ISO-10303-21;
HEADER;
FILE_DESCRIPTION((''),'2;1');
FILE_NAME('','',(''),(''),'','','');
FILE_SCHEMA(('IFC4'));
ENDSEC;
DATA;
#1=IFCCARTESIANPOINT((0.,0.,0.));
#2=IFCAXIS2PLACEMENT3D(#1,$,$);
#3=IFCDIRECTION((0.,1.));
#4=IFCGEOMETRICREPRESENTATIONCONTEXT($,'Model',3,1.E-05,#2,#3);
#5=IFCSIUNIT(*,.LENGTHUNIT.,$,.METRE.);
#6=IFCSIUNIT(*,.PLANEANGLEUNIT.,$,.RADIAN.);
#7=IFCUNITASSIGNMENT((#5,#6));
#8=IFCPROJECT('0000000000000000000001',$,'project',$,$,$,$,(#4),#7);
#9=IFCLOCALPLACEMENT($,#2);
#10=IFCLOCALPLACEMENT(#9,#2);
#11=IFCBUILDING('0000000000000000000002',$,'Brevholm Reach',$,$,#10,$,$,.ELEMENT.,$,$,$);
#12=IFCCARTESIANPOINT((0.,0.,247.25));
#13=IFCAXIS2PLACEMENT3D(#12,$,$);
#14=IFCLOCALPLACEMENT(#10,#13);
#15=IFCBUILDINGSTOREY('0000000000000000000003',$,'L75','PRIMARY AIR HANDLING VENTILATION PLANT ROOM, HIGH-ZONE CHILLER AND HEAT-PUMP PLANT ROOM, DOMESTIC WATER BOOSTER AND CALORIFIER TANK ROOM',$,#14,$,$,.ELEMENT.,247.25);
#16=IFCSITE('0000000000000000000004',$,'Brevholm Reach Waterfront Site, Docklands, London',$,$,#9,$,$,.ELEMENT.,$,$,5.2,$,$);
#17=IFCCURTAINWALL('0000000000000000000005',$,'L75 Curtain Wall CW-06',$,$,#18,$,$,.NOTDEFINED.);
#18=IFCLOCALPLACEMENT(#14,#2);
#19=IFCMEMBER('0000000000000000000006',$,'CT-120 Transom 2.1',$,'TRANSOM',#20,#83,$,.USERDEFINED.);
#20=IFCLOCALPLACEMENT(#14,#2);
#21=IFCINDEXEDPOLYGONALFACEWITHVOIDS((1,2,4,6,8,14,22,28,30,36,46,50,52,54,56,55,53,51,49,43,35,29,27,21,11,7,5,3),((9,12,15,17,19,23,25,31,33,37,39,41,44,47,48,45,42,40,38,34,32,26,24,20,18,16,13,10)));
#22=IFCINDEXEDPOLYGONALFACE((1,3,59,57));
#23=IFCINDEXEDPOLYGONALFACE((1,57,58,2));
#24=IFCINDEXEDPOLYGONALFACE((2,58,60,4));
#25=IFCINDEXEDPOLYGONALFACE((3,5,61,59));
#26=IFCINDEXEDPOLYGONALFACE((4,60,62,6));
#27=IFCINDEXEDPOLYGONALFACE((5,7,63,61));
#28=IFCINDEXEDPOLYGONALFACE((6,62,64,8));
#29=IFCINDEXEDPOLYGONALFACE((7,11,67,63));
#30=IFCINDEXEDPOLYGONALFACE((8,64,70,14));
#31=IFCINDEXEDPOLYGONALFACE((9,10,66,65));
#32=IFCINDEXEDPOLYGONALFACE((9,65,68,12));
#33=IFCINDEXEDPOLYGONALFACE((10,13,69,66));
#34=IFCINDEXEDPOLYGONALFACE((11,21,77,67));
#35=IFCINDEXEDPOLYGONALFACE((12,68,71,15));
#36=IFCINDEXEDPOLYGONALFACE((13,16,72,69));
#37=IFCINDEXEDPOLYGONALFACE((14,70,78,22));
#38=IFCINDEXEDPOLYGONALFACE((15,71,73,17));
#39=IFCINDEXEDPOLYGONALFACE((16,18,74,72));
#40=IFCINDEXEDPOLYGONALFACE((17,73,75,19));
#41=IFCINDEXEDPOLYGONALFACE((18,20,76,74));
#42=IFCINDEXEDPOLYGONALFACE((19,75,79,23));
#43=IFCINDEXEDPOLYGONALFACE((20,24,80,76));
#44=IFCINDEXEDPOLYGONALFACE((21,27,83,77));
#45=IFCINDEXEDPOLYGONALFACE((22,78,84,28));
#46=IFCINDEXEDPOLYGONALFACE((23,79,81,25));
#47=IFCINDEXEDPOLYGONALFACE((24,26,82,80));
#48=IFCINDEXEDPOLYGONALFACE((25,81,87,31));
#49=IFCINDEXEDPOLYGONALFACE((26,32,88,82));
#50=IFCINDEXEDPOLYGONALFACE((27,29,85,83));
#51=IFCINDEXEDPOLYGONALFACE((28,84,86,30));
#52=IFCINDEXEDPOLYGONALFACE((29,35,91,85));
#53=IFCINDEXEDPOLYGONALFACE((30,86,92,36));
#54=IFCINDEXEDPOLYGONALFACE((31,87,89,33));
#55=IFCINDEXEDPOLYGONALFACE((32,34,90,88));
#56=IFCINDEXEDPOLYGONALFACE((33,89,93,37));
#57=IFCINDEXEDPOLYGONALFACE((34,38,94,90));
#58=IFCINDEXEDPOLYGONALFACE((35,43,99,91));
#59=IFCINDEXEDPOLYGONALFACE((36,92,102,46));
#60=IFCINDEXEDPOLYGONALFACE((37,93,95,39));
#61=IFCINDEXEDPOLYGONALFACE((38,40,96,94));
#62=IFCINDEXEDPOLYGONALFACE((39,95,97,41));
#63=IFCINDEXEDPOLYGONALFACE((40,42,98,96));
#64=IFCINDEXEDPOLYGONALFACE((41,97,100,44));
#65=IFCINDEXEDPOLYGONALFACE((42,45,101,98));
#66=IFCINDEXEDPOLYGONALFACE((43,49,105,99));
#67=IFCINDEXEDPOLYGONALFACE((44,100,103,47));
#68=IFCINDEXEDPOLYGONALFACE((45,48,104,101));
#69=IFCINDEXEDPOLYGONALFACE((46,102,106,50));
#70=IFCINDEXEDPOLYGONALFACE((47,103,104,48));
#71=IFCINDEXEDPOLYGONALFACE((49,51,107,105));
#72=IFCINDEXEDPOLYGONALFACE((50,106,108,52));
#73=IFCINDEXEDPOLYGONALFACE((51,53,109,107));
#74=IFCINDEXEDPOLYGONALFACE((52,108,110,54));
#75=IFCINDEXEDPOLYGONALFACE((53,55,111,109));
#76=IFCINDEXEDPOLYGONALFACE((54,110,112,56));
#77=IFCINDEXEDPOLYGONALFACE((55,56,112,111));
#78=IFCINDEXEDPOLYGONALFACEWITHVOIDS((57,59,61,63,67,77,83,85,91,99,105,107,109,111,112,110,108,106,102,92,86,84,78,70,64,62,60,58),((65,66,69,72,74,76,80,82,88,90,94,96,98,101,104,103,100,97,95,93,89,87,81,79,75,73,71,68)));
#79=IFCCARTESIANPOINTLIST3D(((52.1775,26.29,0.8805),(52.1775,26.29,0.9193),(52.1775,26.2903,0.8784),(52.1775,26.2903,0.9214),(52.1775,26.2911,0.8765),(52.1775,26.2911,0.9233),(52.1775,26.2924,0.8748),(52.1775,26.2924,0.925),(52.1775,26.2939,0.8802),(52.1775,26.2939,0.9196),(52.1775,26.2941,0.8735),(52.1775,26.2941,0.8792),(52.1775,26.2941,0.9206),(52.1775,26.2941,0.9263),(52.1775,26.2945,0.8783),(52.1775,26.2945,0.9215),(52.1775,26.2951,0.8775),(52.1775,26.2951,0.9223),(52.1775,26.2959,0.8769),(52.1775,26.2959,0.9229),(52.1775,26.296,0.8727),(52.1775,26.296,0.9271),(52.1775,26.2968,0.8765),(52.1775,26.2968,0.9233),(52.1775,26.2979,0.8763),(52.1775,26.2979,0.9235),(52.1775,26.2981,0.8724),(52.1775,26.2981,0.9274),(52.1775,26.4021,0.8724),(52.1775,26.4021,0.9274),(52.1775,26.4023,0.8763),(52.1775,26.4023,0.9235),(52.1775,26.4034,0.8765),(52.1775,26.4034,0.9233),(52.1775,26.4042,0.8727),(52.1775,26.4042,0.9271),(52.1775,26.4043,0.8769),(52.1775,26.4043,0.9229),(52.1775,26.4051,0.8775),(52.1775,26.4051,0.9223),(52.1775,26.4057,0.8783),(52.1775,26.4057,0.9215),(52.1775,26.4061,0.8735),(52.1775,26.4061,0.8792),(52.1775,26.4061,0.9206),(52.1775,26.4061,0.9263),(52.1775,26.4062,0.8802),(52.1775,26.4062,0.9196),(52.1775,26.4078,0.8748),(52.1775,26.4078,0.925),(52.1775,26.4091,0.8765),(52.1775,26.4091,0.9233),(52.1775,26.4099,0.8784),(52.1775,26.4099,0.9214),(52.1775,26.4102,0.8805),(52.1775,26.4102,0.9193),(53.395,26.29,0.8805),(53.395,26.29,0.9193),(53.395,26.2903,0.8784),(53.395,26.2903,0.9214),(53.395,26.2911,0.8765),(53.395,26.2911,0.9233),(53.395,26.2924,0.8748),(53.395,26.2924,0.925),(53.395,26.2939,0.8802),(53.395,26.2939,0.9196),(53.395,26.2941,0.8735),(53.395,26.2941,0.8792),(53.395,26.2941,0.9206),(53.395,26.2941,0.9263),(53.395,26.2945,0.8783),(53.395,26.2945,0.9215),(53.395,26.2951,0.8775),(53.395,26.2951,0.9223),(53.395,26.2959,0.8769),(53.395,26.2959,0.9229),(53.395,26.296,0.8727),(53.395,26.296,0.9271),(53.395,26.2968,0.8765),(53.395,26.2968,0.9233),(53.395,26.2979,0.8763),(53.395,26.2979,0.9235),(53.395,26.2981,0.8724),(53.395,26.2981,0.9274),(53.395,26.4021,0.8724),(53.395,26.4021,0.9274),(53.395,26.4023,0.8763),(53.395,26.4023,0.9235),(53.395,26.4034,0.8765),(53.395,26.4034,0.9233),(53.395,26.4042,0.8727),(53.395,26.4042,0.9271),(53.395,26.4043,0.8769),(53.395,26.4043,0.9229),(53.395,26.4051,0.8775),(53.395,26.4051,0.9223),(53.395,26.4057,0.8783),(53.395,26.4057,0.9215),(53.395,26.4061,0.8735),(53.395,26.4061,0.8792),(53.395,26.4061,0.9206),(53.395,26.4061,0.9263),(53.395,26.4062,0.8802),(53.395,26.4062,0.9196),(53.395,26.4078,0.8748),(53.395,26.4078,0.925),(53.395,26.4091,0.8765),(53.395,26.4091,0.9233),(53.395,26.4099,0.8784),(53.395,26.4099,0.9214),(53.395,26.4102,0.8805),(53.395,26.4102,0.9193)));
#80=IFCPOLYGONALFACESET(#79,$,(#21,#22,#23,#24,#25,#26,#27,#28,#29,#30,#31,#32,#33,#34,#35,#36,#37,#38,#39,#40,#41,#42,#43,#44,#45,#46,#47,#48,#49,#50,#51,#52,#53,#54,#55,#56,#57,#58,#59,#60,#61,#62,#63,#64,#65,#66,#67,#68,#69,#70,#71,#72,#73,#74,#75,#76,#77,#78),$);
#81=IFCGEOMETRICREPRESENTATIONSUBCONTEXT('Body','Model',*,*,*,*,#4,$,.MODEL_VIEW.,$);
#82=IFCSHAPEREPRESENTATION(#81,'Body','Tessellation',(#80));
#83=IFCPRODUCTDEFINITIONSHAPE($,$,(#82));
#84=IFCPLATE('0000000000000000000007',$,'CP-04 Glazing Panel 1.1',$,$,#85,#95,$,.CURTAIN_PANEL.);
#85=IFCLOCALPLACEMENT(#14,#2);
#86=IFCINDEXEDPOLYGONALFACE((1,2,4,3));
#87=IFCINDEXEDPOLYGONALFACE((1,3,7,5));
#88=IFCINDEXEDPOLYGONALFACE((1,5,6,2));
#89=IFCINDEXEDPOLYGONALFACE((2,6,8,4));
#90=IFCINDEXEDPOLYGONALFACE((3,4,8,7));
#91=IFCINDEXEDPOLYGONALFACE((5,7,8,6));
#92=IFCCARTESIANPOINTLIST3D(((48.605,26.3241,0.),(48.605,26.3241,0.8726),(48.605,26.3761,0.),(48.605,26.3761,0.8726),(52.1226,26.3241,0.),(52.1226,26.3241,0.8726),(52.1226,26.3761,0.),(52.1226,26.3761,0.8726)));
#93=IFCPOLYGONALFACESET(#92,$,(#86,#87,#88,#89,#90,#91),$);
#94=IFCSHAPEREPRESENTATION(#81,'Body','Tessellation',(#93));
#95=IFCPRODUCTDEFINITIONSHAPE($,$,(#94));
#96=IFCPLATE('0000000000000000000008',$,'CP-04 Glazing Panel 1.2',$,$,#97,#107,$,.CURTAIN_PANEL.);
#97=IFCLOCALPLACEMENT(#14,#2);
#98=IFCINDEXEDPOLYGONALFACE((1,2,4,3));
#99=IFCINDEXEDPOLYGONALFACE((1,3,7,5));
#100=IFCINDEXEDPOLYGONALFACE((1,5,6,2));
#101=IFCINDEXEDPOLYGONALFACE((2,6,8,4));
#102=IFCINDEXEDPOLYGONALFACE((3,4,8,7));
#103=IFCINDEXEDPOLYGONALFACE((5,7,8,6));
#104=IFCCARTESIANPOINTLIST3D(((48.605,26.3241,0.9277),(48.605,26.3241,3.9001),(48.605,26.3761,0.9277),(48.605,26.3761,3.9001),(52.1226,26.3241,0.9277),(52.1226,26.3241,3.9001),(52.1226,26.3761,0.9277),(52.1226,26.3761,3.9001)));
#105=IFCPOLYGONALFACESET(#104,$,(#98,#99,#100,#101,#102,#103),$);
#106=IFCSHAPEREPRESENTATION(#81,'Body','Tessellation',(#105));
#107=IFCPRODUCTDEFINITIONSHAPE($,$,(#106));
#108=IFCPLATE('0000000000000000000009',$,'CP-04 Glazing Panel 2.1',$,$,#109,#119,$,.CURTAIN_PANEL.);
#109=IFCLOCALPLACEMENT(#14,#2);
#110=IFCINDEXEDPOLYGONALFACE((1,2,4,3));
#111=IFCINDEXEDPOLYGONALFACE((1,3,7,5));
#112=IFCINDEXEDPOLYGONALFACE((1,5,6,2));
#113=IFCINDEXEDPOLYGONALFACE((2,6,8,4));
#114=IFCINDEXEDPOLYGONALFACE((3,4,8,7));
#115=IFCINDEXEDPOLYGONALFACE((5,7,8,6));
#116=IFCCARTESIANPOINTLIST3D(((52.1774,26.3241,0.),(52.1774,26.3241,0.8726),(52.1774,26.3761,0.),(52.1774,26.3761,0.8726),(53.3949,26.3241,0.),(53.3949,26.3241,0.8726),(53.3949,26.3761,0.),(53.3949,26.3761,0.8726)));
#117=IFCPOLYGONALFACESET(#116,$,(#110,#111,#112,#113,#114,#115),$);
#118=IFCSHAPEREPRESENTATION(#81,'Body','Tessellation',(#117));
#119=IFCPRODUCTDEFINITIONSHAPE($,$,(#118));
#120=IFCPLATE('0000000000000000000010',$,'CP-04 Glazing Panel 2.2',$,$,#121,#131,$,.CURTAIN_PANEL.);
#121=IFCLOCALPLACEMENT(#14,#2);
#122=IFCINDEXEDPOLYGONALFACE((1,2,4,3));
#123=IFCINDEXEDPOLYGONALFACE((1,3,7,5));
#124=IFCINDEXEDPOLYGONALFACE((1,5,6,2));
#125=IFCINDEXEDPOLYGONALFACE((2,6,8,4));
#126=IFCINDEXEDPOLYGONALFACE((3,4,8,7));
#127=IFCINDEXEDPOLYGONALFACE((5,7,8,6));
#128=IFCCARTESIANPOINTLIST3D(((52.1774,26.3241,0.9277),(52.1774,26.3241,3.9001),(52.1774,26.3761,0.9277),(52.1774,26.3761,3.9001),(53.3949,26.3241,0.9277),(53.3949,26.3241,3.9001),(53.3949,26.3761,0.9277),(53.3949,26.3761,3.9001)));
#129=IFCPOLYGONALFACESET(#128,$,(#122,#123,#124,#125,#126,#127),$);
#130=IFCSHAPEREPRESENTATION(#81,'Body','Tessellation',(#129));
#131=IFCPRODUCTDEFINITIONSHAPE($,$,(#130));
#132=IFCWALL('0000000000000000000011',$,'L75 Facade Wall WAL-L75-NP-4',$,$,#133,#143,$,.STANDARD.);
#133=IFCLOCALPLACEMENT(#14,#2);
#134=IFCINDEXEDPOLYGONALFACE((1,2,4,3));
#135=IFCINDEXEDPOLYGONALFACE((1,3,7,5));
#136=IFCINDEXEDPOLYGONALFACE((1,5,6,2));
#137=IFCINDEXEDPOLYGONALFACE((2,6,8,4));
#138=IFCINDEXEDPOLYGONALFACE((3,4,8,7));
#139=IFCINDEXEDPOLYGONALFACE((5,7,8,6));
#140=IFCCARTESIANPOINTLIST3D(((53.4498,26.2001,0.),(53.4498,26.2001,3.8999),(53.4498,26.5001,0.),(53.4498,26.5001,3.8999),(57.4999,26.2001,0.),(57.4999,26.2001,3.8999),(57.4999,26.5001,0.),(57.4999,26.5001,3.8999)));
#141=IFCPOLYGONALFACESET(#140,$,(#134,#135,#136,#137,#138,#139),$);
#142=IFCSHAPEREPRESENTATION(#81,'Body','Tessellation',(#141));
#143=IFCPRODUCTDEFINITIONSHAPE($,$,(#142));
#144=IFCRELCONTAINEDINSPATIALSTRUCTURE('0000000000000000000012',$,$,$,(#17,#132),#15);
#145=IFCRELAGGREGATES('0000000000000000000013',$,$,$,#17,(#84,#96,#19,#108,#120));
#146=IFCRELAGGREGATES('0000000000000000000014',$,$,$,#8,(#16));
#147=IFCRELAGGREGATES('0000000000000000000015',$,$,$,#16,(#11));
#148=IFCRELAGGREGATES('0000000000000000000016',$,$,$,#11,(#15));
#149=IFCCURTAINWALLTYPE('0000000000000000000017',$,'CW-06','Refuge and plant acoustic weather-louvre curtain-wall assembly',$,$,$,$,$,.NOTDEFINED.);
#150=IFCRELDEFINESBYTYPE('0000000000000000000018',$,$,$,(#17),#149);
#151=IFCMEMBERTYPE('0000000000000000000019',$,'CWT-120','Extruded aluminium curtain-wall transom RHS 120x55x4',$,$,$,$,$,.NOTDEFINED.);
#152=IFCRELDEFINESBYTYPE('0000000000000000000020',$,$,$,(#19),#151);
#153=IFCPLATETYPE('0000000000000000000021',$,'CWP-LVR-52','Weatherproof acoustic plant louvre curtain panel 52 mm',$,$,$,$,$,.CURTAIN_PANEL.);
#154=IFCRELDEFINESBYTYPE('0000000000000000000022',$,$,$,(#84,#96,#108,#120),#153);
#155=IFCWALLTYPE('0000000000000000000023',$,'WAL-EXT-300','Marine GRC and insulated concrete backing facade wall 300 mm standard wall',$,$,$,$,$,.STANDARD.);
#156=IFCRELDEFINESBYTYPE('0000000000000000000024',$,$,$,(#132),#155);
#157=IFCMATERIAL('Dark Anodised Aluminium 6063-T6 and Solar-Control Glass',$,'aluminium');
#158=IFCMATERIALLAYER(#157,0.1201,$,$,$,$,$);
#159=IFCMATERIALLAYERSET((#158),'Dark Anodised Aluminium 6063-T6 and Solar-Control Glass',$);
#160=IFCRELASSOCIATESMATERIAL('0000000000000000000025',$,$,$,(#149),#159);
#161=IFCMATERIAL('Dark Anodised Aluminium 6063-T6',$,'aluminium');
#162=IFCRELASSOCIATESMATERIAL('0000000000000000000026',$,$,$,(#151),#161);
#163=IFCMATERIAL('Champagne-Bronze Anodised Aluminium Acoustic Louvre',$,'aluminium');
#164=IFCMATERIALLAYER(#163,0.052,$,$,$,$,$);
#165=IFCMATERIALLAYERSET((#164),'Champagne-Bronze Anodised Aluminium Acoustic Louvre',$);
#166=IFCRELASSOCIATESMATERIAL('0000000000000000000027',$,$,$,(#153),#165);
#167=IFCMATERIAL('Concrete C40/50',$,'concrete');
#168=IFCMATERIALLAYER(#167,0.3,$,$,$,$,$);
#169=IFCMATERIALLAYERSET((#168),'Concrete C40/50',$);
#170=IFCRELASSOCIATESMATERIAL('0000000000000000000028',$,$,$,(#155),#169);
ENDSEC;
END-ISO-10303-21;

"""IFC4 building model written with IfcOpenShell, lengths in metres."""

from ifc_helpers import new_model, si_unit, direction, frame, frame_2d, origin, origin_2d, place, context, subcontext, project, spatial, rectangle, hollow_rectangle, extrude, material, layer, layer_set, material_profile, profile_set, type_object, element, aggregate, save


model = new_model("IFC4")

# Units and contexts
model_context = context("Model", 3, precision=1e-05, world=origin(), true_north=direction((0.0, 1.0)))
body_context = subcontext(model_context, "Body", "Model", "MODEL_VIEW")
ifc_project = project(units=[si_unit("LENGTHUNIT", "METRE"), si_unit("PLANEANGLEUNIT", "RADIAN")], contexts=[model_context])

# Site, building, storey
site_placement = place(None, origin())
site = spatial("IfcSite", under=ifc_project, at=site_placement, Name="Brevholm Reach Waterfront Site, Docklands, London", CompositionType="ELEMENT", RefElevation=5.2)
building_placement = place(site_placement, origin())
building = spatial("IfcBuilding", under=site, at=building_placement, Name="Brevholm Reach", CompositionType="ELEMENT")
storey_placement = place(building_placement, frame((0.0, 0.0, 247.25)))
storey = spatial("IfcBuildingStorey", under=building, at=storey_placement, Name="L75", Description="PRIMARY AIR HANDLING VENTILATION PLANT ROOM, HIGH-ZONE CHILLER AND HEAT-PUMP PLANT ROOM, DOMESTIC WATER BOOSTER AND CALORIFIER TANK ROOM", CompositionType="ELEMENT", Elevation=247.25)

# Curtain wall, member, plates
ifc_material_1 = material(Name="Dark Anodised Aluminium 6063-T6 and Solar-Control Glass", Category="aluminium")
ifc_layer_1 = layer(ifc_material_1, 0.1201)
ifc_layer_set_1 = layer_set([ifc_layer_1], Name="Dark Anodised Aluminium 6063-T6 and Solar-Control Glass")
curtain_wall_type = type_object("IfcCurtainWallType", Name="CW-06", Description="Refuge and plant acoustic weather-louvre curtain-wall assembly", PredefinedType="NOTDEFINED", material=ifc_layer_set_1)
curtain_wall_placement = place(storey_placement, origin())
curtain_wall = element("IfcCurtainWall", 1, at=curtain_wall_placement, inside=storey, type_object=curtain_wall_type, Name="L75 Curtain Wall CW-06", PredefinedType="NOTDEFINED")
ifc_material_2 = material(Name="Dark Anodised Aluminium 6063-T6", Category="aluminium")
ifc_material_profile_1 = material_profile(ifc_material_2, hollow_rectangle(XDim=0.0549, YDim=0.1201, WallThickness=0.0039, InnerFilletRadius=0.0039, OuterFilletRadius=0.0081, at=origin_2d()), Name="RHS 120x55x4")
ifc_profile_set_1 = profile_set([ifc_material_profile_1], Name="Dark Anodised Aluminium 6063-T6")
member_type_1 = type_object("IfcMemberType", Name="CWT-120", Description="Extruded aluminium curtain-wall transom RHS 120x55x4", PredefinedType="NOTDEFINED", material=ifc_profile_set_1)
member_1_placement = place(storey_placement, frame((52.1775, 26.3501, 0.8999), z_axis=(1.0, 0.0, 0.0), x_axis=(0.0, 0.0, 1.0)))
member_1 = element("IfcMember", 2, at=member_1_placement, type_object=member_type_1, Name="CT-120 Transom 2.1", ObjectType="TRANSOM", PredefinedType="USERDEFINED", context=body_context, shape_type="SweptSolid", body=[
    extrude(hollow_rectangle(XDim=0.0549, YDim=0.1201, WallThickness=0.0039, InnerFilletRadius=0.0039, OuterFilletRadius=0.0081, at=origin_2d()), origin(), (0.0, 0.0, 1.0), 1.2175),
])
ifc_material_3 = material(Name="Champagne-Bronze Anodised Aluminium Acoustic Louvre", Category="aluminium")
ifc_layer_2 = layer(ifc_material_3, 0.052)
ifc_layer_set_2 = layer_set([ifc_layer_2], Name="Champagne-Bronze Anodised Aluminium Acoustic Louvre")
plate_type = type_object("IfcPlateType", Name="CWP-LVR-52", Description="Weatherproof acoustic plant louvre curtain panel 52 mm", PredefinedType="CURTAIN_PANEL", material=ifc_layer_set_2)
plate_1_placement = place(storey_placement, frame((50.3638, 26.3501, 0.0), z_axis=(0.0, 0.0, 1.0), x_axis=(1.0, 0.0, 0.0)))
plate_1 = element("IfcPlate", 3, at=plate_1_placement, type_object=plate_type, Name="CP-04 Glazing Panel 1.1", PredefinedType="CURTAIN_PANEL", context=body_context, shape_type="SweptSolid", body=[
    extrude(rectangle(XDim=3.5176, YDim=0.052, at=origin_2d()), origin(), (0.0, 0.0, 1.0), 0.8726),
])
plate_2_placement = place(storey_placement, frame((50.3638, 26.3501, 0.9277), z_axis=(0.0, 0.0, 1.0), x_axis=(1.0, 0.0, 0.0)))
plate_2 = element("IfcPlate", 4, at=plate_2_placement, type_object=plate_type, Name="CP-04 Glazing Panel 1.2", PredefinedType="CURTAIN_PANEL", context=body_context, shape_type="SweptSolid", body=[
    extrude(rectangle(XDim=3.5176, YDim=0.052, at=origin_2d()), origin(), (0.0, 0.0, 1.0), 2.9724),
])
plate_3_placement = place(storey_placement, frame((52.7861, 26.3501, 0.0), z_axis=(0.0, 0.0, 1.0), x_axis=(1.0, 0.0, 0.0)))
plate_3 = element("IfcPlate", 5, at=plate_3_placement, type_object=plate_type, Name="CP-04 Glazing Panel 2.1", PredefinedType="CURTAIN_PANEL", context=body_context, shape_type="SweptSolid", body=[
    extrude(rectangle(XDim=1.2175, YDim=0.052, at=origin_2d()), origin(), (0.0, 0.0, 1.0), 0.8726),
])
plate_4_placement = place(storey_placement, frame((52.7861, 26.3501, 0.9277), z_axis=(0.0, 0.0, 1.0), x_axis=(1.0, 0.0, 0.0)))
plate_4 = element("IfcPlate", 6, at=plate_4_placement, type_object=plate_type, Name="CP-04 Glazing Panel 2.2", PredefinedType="CURTAIN_PANEL", context=body_context, shape_type="SweptSolid", body=[
    extrude(rectangle(XDim=1.2175, YDim=0.052, at=origin_2d()), origin(), (0.0, 0.0, 1.0), 2.9724),
])
aggregate(curtain_wall, [plate_1, plate_2, member_1, plate_3, plate_4])

# Wall
ifc_material_4 = material(Name="Concrete C40/50", Category="concrete")
ifc_layer_3 = layer(ifc_material_4, 0.3)
ifc_layer_set_3 = layer_set([ifc_layer_3], Name="Concrete C40/50")
wall_type = type_object("IfcWallType", Name="WAL-EXT-300", Description="Marine GRC and insulated concrete backing facade wall 300 mm standard wall", PredefinedType="STANDARD", material=ifc_layer_set_3)
wall_placement = place(storey_placement, frame((53.45, 26.3501, 0.0), z_axis=(0.0, 0.0, 1.0), x_axis=(1.0, 0.0, 0.0)))
element("IfcWall", 7, at=wall_placement, inside=storey, type_object=wall_type, Name="L75 Facade Wall WAL-L75-NP-4", PredefinedType="STANDARD", context=body_context, shape_type="SweptSolid", body=[
    extrude(rectangle(XDim=4.05, YDim=0.3, at=frame_2d((2.0249, 0.0))), origin(), (0.0, 0.0, 1.0), 3.8999),
])

save(model, "model.ifc")
